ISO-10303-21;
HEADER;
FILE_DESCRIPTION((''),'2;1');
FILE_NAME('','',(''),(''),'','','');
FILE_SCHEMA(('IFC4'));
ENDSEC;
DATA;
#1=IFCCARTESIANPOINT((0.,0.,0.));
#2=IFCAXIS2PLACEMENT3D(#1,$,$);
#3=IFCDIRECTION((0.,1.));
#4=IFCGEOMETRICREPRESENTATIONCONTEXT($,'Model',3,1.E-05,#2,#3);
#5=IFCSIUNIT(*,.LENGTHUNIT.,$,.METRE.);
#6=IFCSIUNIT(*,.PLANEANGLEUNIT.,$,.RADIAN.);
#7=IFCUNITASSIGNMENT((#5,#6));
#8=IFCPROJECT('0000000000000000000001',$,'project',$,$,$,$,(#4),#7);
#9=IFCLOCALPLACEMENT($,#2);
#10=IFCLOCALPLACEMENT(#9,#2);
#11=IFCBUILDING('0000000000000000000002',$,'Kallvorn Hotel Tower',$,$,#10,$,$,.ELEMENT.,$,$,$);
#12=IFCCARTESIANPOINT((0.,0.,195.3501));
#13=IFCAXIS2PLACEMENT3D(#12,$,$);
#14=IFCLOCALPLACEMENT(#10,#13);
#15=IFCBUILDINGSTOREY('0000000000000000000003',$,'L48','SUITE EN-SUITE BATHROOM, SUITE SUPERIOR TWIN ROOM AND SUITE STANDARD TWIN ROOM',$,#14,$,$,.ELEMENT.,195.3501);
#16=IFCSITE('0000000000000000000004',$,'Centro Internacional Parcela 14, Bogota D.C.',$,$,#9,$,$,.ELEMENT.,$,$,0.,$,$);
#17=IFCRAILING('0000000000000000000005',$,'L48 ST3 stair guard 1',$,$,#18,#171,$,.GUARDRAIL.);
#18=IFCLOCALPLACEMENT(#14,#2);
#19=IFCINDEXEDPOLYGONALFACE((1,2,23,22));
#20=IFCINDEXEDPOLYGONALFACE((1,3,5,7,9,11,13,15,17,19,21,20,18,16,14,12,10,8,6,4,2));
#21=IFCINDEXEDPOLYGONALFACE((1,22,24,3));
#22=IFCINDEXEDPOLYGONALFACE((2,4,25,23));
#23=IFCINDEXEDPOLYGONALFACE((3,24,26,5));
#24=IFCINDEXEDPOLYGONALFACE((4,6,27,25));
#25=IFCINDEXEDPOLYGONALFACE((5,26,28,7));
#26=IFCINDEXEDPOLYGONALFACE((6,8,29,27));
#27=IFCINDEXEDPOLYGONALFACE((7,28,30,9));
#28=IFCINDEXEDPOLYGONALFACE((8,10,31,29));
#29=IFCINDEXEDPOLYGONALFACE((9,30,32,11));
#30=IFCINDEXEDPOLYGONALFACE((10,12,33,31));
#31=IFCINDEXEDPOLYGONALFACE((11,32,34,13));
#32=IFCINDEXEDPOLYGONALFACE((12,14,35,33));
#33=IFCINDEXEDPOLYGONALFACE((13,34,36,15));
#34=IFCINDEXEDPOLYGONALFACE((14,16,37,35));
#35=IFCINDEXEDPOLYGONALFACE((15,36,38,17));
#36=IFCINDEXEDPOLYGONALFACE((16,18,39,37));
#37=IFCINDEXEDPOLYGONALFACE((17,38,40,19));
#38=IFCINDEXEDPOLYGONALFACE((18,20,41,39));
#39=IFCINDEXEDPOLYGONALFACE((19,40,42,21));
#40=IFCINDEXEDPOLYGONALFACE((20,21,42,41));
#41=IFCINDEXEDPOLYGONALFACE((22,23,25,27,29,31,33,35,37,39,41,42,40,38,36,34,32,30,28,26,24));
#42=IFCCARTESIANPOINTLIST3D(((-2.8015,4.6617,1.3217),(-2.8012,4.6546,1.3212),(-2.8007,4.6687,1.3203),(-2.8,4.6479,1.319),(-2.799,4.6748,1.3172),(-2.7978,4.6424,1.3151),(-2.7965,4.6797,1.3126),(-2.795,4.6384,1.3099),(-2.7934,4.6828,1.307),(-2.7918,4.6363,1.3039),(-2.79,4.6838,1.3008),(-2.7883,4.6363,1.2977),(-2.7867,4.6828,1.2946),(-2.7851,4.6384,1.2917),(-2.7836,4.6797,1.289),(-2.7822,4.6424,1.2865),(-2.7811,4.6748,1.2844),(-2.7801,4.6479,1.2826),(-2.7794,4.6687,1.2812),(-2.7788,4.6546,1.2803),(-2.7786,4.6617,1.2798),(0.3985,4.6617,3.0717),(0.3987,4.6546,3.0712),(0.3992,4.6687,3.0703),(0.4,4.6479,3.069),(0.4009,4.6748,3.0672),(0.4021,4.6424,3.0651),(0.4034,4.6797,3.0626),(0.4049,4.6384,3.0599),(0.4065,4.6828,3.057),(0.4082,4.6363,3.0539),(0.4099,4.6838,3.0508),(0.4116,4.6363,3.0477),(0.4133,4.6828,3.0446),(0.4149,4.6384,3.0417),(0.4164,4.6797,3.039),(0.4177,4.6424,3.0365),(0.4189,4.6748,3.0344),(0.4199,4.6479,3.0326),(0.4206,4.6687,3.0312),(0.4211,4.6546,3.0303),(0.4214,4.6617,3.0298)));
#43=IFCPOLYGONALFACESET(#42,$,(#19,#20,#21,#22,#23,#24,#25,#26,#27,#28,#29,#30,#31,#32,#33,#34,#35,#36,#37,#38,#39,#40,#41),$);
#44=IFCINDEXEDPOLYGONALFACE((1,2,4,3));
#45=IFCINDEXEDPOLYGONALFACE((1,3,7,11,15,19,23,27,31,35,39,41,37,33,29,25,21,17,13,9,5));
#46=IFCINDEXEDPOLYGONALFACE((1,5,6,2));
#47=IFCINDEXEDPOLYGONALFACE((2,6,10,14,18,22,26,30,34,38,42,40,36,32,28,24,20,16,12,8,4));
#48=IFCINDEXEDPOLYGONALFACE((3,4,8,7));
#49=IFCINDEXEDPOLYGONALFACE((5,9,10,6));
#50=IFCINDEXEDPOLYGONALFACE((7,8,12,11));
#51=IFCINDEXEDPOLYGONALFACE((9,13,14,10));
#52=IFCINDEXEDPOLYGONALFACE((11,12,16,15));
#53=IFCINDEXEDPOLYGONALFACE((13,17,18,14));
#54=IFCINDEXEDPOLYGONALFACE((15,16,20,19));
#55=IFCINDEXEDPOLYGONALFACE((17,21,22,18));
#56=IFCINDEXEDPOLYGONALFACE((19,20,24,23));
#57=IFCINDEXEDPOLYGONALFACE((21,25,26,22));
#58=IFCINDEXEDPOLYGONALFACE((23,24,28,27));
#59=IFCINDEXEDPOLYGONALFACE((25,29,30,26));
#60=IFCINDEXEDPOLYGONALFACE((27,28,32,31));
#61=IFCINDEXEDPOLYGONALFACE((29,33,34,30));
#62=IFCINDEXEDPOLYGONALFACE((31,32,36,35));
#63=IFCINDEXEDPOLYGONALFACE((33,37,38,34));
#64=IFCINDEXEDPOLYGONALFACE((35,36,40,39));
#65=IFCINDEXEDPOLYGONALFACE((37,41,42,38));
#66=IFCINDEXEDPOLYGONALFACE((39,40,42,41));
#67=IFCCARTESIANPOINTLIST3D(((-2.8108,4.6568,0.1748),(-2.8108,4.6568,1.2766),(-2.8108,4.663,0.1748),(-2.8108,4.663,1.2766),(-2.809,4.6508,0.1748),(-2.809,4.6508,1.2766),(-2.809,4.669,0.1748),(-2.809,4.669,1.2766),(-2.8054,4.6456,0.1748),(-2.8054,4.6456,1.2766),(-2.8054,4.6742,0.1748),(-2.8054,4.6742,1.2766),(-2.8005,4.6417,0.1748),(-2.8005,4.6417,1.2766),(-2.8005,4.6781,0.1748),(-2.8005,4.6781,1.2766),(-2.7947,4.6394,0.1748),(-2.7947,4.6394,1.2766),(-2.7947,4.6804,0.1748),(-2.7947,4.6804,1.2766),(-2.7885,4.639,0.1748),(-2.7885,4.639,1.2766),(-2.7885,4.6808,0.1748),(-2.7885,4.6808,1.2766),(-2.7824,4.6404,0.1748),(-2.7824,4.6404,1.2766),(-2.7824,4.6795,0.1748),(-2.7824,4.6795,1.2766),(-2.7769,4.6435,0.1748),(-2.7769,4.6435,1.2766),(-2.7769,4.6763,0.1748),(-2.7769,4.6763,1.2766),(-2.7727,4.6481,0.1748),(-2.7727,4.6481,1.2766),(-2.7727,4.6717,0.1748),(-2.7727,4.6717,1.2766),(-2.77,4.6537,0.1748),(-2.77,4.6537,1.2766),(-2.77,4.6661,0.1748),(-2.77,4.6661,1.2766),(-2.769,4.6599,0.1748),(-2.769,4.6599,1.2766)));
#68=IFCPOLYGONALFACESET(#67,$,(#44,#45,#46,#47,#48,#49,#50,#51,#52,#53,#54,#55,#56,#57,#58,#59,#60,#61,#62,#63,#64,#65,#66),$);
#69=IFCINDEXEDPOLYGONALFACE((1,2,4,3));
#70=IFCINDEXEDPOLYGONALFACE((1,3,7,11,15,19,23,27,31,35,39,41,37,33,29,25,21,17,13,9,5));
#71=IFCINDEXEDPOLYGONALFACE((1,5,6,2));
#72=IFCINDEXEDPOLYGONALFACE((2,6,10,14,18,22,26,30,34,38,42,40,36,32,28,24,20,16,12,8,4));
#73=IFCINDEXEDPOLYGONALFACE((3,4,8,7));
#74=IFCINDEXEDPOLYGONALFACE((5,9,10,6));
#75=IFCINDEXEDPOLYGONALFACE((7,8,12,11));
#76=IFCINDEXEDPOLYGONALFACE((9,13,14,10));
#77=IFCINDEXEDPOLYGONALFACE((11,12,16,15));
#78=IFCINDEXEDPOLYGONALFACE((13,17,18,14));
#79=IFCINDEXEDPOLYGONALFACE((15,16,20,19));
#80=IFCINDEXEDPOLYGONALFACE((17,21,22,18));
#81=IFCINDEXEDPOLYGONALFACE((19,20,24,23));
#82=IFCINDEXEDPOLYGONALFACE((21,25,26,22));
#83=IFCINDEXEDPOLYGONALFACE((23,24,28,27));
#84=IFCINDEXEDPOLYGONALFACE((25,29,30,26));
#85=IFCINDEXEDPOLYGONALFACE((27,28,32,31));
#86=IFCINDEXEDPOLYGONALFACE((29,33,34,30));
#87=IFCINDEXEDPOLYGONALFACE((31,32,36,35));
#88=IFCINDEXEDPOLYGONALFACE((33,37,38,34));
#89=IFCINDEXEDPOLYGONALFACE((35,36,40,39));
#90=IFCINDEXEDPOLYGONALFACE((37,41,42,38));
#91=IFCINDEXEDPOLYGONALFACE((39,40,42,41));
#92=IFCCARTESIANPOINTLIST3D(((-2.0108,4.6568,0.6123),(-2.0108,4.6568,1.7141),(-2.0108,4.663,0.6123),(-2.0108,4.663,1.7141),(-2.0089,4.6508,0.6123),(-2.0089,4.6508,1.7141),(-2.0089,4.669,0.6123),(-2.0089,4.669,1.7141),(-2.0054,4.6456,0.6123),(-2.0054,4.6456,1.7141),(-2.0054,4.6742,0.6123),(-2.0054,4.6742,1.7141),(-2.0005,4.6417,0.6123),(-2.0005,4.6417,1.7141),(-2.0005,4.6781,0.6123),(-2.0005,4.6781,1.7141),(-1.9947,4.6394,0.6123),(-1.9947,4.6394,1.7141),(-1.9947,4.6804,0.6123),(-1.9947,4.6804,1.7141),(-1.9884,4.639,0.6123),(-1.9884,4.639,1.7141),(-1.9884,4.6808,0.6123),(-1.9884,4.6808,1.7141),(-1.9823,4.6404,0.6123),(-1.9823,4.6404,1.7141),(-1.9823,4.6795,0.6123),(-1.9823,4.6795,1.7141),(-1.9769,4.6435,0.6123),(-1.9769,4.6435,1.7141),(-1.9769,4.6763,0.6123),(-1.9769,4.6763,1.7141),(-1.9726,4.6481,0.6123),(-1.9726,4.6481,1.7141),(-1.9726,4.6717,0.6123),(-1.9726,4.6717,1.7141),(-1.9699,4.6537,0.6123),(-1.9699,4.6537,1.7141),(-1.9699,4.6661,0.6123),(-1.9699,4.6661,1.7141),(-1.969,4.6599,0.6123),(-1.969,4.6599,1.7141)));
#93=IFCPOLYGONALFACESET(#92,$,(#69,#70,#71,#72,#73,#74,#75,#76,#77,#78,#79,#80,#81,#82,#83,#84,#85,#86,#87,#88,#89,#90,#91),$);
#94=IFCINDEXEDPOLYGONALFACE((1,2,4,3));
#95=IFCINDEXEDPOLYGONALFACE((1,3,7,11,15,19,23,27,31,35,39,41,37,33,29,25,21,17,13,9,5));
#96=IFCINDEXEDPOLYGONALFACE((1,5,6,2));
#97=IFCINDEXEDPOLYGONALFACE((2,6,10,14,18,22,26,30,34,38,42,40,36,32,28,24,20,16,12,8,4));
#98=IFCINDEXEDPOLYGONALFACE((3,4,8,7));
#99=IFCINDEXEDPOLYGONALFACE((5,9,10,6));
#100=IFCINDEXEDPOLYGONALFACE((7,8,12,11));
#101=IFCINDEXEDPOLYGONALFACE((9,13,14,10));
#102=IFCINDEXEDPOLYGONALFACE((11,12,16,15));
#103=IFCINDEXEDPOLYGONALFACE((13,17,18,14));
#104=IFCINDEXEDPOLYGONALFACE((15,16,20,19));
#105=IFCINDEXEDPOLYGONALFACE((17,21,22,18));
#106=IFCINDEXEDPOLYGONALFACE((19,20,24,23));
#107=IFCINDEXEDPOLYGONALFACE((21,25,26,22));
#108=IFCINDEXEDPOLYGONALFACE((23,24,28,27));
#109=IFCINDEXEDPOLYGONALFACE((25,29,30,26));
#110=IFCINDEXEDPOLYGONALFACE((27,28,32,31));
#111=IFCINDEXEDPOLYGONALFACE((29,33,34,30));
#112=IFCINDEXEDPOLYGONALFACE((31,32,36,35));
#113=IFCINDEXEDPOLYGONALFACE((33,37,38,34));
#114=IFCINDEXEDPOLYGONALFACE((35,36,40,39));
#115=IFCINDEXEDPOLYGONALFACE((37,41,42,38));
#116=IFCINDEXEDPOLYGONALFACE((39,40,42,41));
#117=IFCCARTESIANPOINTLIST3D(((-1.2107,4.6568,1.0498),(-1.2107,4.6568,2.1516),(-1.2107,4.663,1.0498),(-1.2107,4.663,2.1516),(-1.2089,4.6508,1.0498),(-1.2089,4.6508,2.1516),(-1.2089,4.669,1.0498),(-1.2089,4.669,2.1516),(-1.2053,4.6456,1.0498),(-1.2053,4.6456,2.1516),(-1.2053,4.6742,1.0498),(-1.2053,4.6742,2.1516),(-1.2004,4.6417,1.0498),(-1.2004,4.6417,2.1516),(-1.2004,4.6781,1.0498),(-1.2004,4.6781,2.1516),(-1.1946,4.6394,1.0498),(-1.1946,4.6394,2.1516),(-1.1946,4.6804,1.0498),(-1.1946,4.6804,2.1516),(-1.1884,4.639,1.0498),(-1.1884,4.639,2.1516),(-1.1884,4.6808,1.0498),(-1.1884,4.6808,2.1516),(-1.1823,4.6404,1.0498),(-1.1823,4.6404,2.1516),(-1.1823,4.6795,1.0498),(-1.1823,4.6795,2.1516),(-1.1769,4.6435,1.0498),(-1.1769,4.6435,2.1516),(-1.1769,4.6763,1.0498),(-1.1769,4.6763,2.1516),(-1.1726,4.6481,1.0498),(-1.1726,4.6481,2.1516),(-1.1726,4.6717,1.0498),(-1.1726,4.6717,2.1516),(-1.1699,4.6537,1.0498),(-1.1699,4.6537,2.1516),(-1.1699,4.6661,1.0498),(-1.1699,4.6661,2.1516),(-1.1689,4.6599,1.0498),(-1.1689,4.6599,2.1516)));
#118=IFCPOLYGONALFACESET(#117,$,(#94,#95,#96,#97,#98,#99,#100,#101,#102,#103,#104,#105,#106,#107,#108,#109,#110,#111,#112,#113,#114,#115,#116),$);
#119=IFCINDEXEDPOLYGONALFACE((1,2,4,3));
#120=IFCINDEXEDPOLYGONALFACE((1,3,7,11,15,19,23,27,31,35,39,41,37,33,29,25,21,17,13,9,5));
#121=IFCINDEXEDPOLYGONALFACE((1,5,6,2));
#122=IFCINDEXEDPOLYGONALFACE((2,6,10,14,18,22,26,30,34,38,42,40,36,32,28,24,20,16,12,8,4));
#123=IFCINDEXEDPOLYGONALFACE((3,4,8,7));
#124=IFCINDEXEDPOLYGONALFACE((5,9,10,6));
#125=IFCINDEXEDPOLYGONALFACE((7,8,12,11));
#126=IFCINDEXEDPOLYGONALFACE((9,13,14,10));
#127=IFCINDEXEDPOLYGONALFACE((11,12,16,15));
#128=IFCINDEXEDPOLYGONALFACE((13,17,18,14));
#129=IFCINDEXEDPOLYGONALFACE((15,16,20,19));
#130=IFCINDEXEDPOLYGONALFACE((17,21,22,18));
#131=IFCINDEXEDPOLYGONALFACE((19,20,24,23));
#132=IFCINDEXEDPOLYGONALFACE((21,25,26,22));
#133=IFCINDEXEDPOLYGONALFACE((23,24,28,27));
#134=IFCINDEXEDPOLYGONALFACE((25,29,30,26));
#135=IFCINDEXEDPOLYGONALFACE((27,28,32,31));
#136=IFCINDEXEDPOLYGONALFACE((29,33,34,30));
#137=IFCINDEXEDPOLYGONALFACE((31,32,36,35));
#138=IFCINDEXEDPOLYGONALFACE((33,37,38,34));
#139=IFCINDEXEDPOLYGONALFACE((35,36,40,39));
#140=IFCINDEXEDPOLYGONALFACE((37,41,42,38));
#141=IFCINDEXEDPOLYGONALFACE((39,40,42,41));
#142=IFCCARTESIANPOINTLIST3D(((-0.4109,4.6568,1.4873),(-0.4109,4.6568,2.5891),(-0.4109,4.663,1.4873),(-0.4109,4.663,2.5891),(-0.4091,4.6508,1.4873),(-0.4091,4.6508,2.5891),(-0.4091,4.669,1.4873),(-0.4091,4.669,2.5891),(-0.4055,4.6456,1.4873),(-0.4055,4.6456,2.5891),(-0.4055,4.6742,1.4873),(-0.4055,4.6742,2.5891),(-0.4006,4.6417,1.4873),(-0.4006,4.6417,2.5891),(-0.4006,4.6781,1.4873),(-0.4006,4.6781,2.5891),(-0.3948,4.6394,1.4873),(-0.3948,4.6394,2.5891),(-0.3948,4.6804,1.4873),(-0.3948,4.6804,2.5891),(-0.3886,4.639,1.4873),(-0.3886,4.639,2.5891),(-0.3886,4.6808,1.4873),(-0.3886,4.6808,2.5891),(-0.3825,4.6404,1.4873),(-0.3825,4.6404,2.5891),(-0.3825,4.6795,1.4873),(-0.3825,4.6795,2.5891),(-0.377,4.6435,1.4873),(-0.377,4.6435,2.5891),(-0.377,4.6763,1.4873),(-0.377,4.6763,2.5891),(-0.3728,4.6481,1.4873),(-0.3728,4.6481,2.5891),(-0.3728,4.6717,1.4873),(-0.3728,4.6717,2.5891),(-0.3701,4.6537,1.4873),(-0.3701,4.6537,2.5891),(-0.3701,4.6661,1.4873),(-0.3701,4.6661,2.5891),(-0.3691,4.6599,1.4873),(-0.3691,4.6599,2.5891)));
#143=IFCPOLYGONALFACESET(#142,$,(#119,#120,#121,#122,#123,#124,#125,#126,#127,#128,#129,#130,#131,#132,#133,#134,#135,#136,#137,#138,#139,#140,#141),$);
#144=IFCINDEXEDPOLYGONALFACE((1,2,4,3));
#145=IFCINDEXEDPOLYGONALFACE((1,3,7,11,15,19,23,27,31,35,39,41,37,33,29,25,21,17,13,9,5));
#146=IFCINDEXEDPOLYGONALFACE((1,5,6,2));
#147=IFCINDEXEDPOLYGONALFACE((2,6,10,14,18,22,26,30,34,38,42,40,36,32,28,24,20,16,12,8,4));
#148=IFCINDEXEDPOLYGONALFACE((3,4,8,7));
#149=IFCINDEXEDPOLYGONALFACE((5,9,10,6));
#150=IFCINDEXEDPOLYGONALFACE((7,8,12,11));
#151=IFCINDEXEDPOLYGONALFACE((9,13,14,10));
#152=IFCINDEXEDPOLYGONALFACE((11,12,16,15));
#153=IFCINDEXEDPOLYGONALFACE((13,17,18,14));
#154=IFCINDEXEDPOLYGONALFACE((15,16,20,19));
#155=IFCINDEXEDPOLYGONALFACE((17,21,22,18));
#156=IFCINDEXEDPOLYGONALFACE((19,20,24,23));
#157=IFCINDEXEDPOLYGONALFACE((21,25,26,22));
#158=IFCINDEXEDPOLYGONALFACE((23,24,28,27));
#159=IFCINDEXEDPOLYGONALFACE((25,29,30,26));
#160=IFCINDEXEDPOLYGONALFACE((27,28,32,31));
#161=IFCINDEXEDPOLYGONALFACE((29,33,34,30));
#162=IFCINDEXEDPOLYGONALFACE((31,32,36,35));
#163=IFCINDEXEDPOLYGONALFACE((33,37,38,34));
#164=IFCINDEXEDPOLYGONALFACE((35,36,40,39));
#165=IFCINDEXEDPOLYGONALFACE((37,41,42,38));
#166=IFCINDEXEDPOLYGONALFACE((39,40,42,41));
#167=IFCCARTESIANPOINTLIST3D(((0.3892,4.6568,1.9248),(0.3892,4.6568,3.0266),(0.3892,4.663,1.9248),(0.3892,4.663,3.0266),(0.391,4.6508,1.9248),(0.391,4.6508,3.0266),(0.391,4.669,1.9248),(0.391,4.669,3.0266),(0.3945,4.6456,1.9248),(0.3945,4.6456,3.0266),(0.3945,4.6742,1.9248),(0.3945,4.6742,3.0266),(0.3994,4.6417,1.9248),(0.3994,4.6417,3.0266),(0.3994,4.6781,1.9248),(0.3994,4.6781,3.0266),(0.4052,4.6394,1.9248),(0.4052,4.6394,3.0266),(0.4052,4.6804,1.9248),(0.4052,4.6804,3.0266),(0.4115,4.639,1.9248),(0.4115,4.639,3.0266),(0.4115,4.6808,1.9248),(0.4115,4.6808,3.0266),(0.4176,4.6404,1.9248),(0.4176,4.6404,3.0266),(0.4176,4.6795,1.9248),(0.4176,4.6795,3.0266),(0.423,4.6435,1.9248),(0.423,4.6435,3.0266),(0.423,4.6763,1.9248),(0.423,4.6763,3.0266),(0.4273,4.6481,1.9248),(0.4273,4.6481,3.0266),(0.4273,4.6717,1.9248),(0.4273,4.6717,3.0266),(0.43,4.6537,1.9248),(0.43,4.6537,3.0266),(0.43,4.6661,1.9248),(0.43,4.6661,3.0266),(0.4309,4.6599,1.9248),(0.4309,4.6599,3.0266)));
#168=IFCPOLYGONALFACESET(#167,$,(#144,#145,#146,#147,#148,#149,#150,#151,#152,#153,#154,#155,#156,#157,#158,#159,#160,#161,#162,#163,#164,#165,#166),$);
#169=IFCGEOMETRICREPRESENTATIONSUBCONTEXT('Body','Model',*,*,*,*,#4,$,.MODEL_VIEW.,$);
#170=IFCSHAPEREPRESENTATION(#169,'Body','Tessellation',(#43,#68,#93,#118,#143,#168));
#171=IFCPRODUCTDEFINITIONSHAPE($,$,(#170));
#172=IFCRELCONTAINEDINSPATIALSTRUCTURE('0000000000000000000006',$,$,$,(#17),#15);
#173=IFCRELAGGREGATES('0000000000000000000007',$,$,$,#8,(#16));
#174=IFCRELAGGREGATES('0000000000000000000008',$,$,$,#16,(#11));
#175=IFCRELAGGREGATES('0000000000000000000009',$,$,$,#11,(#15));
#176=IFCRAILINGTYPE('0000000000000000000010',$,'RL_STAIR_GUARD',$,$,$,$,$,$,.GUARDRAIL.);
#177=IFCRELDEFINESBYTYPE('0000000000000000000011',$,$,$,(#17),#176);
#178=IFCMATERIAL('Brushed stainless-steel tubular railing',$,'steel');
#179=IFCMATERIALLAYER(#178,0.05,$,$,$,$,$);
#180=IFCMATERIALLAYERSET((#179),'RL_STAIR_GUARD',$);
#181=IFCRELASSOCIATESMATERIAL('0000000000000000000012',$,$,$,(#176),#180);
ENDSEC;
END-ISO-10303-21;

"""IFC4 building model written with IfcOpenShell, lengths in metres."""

from ifc_helpers import new_model, si_unit, direction, frame, origin, origin_2d, place, context, subcontext, project, spatial, circle, extrude, material, layer, layer_set, type_object, element, save


model = new_model("IFC4")

# Units and contexts
model_context = context("Model", 3, precision=1e-05, world=origin(), true_north=direction((0.0, 1.0)))
body_context = subcontext(model_context, "Body", "Model", "MODEL_VIEW")
ifc_project = project(units=[si_unit("LENGTHUNIT", "METRE"), si_unit("PLANEANGLEUNIT", "RADIAN")], contexts=[model_context])

# Site, building, storey
site_placement = place(None, origin())
site = spatial("IfcSite", under=ifc_project, at=site_placement, Name="Centro Internacional Parcela 14, Bogota D.C.", CompositionType="ELEMENT", RefElevation=0.0)
building_placement = place(site_placement, origin())
building = spatial("IfcBuilding", under=site, at=building_placement, Name="Kallvorn Hotel Tower", CompositionType="ELEMENT")
storey_placement = place(building_placement, frame((0.0, 0.0, 195.3501)))
storey = spatial("IfcBuildingStorey", under=building, at=storey_placement, Name="L48", Description="SUITE EN-SUITE BATHROOM, SUITE SUPERIOR TWIN ROOM AND SUITE STANDARD TWIN ROOM", CompositionType="ELEMENT", Elevation=195.3501)

# Railing
ifc_material_1 = material(Name="Brushed stainless-steel tubular railing", Category="steel")
ifc_layer_1 = layer(ifc_material_1, 0.05)
ifc_layer_set_1 = layer_set([ifc_layer_1], Name="RL_STAIR_GUARD")
railing_type_1 = type_object("IfcRailingType", Name="RL_STAIR_GUARD", PredefinedType="GUARDRAIL", material=ifc_layer_set_1)
railing_1_placement = place(storey_placement, frame((-2.79, 4.6599, 0.1748)))
element("IfcRailing", 1, at=railing_1_placement, inside=storey, type_object=railing_type_1, Name="L48 ST3 stair guard 1", PredefinedType="GUARDRAIL", context=body_context, shape_type="SweptSolid", body=[
    extrude(circle(Radius=0.0239, at=origin_2d()), frame((0.0, 0.0, 1.126), z_axis=(0.877368, 0.0, 0.479818), x_axis=(0.0, 1.0, 0.0)), (0.0, 0.0, 1.0), 3.6472),
    extrude(circle(Radius=0.021, at=origin_2d()), origin(), (0.0, 0.0, 1.0), 1.1018),
    extrude(circle(Radius=0.021, at=origin_2d()), frame((0.8, 0.0, 0.4375)), (0.0, 0.0, 1.0), 1.1018),
    extrude(circle(Radius=0.021, at=origin_2d()), frame((1.6001, 0.0, 0.875)), (0.0, 0.0, 1.0), 1.1018),
    extrude(circle(Radius=0.021, at=origin_2d()), frame((2.3999, 0.0, 1.3125)), (0.0, 0.0, 1.0), 1.1018),
    extrude(circle(Radius=0.021, at=origin_2d()), frame((3.2, 0.0, 1.75)), (0.0, 0.0, 1.0), 1.1018),
])

save(model, "model.ifc")
